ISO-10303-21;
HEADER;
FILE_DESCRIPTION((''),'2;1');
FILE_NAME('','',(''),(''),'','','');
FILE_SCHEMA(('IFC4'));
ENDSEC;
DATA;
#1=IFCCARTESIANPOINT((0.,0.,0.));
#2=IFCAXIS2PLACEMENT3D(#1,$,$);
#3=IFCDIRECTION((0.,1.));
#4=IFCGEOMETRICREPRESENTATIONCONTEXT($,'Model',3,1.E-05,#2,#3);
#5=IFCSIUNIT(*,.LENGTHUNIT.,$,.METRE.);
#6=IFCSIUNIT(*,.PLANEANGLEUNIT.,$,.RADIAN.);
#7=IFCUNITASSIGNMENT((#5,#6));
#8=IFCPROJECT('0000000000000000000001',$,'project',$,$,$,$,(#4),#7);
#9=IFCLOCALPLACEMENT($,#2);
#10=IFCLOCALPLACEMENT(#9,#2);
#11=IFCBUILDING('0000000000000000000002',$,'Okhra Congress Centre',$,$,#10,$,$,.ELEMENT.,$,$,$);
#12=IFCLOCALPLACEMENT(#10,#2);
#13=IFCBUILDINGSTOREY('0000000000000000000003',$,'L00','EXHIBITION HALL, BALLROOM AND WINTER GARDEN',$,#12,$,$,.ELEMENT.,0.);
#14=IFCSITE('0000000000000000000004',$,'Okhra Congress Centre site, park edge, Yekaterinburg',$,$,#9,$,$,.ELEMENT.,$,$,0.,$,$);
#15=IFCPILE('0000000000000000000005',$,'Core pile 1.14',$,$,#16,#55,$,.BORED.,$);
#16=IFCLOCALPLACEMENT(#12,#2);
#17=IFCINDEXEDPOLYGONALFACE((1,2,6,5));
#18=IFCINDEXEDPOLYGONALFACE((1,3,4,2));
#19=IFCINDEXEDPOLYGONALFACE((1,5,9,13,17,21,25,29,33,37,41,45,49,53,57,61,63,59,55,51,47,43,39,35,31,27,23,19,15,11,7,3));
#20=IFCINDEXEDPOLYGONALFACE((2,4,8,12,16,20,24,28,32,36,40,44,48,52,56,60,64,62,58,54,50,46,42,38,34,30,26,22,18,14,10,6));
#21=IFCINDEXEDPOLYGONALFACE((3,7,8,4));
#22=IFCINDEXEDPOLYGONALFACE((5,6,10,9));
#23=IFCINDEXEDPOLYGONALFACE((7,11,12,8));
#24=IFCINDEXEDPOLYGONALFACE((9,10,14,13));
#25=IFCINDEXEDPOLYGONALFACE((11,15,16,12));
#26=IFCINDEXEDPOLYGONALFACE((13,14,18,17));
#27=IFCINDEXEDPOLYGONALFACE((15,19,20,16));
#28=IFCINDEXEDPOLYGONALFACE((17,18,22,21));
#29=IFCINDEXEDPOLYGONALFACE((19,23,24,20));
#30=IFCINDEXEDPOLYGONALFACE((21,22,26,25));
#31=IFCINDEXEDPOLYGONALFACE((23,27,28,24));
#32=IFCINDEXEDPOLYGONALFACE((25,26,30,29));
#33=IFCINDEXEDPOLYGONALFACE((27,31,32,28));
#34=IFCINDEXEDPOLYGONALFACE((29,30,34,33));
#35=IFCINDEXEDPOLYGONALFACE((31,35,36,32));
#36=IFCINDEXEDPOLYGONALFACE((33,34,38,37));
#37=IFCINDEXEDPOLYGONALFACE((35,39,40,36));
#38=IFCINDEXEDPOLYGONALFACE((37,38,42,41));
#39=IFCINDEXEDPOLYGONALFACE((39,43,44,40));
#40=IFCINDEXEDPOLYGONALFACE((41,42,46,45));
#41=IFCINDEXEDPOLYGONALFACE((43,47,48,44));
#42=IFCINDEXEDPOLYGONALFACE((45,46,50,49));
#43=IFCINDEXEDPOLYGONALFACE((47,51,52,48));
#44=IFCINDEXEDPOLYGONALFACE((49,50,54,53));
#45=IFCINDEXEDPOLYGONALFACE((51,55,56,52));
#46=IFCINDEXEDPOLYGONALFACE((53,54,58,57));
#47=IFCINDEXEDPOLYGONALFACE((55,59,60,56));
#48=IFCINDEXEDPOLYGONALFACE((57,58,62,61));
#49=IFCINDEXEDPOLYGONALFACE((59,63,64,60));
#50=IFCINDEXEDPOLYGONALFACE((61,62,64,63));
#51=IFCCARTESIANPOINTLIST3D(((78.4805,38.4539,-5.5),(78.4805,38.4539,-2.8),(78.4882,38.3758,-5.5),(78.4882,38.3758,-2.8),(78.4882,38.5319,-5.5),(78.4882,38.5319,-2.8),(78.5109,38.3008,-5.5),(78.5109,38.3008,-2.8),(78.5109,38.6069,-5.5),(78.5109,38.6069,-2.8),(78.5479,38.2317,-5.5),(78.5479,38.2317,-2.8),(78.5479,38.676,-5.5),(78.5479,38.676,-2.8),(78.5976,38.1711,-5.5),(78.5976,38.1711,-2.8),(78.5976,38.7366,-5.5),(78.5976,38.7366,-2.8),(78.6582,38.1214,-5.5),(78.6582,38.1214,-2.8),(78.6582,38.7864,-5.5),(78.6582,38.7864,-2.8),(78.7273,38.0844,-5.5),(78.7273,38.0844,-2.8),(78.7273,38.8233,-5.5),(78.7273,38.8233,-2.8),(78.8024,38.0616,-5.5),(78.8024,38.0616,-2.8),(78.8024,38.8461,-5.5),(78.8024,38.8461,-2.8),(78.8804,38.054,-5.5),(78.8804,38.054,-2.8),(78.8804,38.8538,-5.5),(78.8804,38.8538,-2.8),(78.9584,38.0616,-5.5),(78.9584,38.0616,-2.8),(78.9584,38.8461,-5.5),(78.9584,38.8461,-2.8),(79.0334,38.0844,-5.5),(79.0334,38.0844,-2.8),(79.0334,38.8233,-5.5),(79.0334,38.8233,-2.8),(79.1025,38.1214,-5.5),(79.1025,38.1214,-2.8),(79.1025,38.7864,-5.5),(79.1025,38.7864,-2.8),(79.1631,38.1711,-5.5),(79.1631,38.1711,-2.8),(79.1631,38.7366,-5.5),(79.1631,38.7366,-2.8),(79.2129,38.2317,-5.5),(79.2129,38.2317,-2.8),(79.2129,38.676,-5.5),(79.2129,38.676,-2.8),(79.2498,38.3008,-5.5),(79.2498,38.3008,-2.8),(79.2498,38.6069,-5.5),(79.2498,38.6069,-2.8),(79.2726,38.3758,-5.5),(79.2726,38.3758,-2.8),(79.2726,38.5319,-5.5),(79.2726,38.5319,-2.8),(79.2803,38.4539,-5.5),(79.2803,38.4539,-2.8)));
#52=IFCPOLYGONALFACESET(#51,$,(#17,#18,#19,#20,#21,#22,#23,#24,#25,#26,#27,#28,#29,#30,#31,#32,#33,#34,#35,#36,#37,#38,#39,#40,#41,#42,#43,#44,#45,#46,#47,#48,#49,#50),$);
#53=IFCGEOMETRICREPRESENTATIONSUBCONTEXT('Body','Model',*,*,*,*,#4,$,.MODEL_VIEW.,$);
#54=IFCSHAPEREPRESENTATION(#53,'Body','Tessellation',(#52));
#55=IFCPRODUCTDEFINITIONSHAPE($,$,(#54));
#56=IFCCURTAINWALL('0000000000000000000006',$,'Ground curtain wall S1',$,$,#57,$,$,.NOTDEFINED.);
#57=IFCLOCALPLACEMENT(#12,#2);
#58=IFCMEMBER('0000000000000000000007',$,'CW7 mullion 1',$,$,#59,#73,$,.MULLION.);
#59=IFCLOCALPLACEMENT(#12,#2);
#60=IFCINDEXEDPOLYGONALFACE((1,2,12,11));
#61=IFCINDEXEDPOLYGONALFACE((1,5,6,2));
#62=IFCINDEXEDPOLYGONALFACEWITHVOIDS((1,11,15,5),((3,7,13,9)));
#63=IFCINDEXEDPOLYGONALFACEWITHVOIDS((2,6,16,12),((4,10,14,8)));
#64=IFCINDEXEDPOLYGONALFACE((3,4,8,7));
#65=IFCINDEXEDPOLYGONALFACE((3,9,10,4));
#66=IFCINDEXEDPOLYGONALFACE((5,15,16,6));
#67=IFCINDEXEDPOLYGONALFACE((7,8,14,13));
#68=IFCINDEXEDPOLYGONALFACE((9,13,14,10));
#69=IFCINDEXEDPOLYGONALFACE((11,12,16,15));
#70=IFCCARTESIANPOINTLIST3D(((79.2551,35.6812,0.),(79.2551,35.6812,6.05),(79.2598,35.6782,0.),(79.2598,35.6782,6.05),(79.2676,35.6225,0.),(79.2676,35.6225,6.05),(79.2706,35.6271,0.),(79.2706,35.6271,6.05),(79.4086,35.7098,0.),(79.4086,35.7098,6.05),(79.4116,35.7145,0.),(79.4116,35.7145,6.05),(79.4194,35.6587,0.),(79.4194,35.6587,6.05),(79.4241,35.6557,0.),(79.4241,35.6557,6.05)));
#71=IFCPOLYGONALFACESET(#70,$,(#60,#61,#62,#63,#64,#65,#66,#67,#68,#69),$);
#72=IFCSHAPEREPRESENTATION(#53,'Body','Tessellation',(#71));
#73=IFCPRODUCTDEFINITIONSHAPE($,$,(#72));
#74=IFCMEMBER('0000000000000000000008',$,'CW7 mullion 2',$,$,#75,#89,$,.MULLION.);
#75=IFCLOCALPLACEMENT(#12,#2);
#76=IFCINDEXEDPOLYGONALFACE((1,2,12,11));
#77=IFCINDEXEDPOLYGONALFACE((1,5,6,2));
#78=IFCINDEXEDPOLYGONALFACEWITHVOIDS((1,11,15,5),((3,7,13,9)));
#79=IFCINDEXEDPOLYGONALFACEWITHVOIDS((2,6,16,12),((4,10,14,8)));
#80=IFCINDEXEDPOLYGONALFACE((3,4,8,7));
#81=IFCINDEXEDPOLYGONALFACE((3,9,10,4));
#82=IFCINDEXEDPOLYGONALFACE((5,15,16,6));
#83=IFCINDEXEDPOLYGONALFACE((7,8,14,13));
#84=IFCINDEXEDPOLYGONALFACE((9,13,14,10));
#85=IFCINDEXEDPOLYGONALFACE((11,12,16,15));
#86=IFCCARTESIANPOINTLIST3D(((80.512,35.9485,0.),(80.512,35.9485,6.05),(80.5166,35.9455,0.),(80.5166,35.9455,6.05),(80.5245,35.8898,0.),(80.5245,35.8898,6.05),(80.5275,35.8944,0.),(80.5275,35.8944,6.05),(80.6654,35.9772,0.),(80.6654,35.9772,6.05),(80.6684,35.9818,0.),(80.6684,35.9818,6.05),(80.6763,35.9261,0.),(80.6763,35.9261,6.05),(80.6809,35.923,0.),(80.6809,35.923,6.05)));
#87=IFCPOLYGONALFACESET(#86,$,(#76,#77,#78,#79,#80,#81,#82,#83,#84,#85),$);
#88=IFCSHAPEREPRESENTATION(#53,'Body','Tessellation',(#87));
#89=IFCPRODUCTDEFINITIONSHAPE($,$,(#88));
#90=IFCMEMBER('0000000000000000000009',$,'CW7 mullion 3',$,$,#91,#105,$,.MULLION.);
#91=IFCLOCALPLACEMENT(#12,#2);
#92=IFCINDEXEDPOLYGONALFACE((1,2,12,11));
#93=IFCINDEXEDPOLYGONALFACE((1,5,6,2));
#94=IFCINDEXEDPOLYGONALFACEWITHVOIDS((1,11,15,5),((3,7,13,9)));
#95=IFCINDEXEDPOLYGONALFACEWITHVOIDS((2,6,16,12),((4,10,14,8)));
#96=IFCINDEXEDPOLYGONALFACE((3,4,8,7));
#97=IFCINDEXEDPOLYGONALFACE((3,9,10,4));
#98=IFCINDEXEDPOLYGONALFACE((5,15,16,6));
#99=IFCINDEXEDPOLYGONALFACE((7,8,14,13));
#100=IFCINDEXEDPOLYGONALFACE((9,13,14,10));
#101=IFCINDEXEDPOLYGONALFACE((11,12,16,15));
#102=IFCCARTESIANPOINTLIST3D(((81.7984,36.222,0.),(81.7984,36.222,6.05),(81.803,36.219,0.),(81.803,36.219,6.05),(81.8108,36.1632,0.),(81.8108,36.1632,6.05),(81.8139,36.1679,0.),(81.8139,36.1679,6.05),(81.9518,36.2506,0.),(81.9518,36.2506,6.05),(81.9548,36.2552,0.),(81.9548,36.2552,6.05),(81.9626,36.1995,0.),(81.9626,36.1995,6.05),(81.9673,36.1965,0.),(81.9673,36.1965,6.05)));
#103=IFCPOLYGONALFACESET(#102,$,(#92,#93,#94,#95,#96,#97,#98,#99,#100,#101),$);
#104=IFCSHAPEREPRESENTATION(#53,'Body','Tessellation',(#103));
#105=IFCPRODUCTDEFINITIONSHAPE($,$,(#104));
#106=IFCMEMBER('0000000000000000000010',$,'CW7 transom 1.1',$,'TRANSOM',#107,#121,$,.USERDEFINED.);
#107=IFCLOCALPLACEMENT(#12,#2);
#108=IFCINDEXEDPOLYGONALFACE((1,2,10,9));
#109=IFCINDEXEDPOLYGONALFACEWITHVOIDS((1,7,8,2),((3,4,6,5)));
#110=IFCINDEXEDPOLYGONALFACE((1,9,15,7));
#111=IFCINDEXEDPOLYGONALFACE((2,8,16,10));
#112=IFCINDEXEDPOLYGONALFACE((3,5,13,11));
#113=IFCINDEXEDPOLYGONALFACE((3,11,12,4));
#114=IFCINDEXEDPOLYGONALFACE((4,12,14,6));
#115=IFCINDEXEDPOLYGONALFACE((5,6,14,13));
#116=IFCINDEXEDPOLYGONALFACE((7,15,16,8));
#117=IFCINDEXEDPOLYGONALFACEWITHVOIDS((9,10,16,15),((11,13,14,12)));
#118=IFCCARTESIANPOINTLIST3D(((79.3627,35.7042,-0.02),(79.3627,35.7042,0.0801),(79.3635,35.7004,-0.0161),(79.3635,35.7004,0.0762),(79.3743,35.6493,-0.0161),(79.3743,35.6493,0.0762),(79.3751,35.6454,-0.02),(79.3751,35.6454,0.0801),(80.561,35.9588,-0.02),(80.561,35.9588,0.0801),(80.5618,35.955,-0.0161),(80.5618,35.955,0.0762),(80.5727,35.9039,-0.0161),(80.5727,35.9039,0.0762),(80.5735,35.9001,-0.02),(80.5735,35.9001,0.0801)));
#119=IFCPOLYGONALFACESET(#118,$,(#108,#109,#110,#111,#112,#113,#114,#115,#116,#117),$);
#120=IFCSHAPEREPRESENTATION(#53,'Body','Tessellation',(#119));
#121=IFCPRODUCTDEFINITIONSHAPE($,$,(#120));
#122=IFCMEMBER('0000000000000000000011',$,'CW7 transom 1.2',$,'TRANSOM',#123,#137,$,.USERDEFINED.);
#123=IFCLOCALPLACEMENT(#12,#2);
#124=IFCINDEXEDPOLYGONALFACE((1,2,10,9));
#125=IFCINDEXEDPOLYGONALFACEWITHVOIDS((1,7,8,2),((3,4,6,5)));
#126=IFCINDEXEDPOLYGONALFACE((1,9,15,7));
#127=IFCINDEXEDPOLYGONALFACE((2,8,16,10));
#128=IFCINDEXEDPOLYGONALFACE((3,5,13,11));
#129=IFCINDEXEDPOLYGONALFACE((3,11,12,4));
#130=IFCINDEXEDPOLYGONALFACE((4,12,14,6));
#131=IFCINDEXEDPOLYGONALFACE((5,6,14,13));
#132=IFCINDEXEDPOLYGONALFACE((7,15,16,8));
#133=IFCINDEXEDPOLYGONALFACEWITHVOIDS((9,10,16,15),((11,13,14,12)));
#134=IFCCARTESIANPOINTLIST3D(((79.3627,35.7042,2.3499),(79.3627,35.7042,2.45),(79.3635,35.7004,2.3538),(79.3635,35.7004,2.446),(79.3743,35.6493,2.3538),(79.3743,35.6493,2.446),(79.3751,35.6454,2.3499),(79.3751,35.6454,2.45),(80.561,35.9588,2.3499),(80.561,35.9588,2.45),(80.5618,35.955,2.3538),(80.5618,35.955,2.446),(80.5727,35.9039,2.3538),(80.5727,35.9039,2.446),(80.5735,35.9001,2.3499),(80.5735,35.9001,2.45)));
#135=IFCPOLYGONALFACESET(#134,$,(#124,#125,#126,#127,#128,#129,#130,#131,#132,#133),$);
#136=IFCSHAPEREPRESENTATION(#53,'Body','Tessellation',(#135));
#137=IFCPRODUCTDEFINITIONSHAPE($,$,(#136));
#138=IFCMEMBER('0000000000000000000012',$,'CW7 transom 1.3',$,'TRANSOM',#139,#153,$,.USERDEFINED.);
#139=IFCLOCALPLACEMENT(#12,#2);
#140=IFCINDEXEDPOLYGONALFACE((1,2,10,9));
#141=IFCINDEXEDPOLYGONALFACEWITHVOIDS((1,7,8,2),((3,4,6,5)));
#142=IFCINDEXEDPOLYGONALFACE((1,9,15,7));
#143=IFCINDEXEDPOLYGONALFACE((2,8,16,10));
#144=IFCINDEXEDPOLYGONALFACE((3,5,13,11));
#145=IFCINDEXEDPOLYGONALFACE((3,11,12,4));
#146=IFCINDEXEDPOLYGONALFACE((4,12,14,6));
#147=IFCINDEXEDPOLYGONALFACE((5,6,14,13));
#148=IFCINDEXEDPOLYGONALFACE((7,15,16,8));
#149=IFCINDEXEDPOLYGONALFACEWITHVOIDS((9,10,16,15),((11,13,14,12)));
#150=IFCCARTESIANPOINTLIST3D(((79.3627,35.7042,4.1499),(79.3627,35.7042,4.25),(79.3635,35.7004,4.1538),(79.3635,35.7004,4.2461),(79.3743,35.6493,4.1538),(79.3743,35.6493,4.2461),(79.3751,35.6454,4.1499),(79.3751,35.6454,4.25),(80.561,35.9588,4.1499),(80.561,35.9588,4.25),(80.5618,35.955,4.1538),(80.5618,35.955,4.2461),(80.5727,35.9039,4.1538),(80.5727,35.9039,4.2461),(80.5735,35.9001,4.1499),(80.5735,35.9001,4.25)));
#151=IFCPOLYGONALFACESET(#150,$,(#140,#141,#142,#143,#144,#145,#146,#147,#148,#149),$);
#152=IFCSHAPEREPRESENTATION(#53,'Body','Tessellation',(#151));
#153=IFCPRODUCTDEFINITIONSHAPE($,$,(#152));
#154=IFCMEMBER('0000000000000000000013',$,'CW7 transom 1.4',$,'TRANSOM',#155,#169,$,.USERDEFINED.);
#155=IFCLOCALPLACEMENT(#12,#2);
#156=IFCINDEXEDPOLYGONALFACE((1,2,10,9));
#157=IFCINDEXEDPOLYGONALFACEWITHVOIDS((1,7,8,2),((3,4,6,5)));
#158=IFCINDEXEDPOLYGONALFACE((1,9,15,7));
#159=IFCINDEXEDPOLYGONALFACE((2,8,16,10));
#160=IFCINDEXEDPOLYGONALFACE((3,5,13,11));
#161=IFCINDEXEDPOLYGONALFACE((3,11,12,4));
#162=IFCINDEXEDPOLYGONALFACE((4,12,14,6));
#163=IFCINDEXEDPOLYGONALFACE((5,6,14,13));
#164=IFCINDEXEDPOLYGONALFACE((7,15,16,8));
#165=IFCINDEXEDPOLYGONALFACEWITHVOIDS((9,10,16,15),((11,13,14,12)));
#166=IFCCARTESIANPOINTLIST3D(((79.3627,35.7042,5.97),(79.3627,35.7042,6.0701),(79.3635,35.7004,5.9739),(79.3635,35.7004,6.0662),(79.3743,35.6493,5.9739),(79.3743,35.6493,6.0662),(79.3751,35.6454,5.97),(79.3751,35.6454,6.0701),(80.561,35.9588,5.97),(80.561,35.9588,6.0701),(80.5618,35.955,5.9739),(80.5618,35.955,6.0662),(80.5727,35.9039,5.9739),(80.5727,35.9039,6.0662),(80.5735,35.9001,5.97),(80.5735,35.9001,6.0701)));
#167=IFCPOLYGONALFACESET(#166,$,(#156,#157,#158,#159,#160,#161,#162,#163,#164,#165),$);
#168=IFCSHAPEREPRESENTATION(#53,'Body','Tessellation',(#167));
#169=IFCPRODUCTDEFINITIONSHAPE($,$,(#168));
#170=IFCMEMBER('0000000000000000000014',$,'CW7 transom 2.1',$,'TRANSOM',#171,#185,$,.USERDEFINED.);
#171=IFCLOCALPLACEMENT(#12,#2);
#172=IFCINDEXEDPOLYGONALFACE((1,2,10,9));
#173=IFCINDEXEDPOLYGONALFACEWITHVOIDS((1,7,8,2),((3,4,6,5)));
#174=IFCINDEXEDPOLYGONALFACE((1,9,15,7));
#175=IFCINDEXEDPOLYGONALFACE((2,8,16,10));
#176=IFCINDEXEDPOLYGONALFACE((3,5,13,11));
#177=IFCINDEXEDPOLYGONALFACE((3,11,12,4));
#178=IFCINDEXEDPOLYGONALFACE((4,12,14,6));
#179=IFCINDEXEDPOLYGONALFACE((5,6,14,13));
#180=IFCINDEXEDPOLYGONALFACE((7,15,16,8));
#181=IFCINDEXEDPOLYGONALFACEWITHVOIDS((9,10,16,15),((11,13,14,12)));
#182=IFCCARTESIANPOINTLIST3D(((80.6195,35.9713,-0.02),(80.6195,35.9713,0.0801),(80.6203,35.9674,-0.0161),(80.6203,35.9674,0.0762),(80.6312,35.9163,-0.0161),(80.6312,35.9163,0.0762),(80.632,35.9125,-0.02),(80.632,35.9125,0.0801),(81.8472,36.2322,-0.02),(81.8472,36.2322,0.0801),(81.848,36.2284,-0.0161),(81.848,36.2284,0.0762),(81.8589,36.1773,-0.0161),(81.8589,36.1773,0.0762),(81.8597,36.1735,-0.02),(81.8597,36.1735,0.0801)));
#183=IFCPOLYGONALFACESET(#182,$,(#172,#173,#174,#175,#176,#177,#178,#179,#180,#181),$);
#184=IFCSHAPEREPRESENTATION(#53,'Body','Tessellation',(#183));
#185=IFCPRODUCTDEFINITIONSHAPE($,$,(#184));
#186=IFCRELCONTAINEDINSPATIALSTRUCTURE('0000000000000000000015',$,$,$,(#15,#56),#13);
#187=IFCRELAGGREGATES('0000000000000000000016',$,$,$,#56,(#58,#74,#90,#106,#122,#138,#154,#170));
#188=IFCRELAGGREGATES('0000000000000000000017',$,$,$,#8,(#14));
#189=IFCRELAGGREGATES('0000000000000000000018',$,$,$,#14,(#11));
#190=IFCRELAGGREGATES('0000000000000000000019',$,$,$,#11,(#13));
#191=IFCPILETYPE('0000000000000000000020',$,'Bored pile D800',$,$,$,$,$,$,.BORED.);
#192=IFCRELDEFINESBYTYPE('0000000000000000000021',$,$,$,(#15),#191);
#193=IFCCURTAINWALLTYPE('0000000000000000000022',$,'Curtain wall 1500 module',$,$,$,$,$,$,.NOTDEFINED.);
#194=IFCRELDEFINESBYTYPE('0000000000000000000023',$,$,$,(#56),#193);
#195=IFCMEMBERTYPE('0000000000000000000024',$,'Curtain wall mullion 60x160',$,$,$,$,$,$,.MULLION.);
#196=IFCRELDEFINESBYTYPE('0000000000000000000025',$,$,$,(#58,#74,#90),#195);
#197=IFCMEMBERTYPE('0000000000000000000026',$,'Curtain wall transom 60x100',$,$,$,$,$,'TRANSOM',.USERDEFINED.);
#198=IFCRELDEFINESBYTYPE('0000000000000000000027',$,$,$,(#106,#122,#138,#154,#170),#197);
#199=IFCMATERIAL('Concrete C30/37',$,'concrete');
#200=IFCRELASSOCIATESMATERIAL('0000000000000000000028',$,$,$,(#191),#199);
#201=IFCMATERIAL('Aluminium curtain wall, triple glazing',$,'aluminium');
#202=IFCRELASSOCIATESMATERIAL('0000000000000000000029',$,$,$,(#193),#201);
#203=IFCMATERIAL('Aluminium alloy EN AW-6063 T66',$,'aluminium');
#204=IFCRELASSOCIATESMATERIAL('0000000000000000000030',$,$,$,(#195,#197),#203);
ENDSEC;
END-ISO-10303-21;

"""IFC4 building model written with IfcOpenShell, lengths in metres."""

from ifc_helpers import new_model, si_unit, direction, frame, origin, origin_2d, place, context, subcontext, project, spatial, hollow_rectangle, circle, extrude, material, material_profile, profile_set, type_object, element, aggregate, save


model = new_model("IFC4")

# Units and contexts
model_context = context("Model", 3, precision=1e-05, world=origin(), true_north=direction((0.0, 1.0)))
body_context = subcontext(model_context, "Body", "Model", "MODEL_VIEW")
ifc_project = project(units=[si_unit("LENGTHUNIT", "METRE"), si_unit("PLANEANGLEUNIT", "RADIAN")], contexts=[model_context])

# Site, building, storey
site_placement = place(None, origin())
site = spatial("IfcSite", under=ifc_project, at=site_placement, Name="Okhra Congress Centre site, park edge, Yekaterinburg", CompositionType="ELEMENT", RefElevation=0.0)
building_placement = place(site_placement, origin())
building = spatial("IfcBuilding", under=site, at=building_placement, Name="Okhra Congress Centre", CompositionType="ELEMENT")
storey_placement = place(building_placement, origin())
storey = spatial("IfcBuildingStorey", under=building, at=storey_placement, Name="L00", Description="EXHIBITION HALL, BALLROOM AND WINTER GARDEN", CompositionType="ELEMENT", Elevation=0.0)

# Pile
ifc_material_1 = material(Name="Concrete C30/37", Category="concrete")
ifc_material_profile_1 = material_profile(ifc_material_1, circle(Radius=0.3999, at=origin_2d()), Name="D800")
ifc_profile_set_1 = profile_set([ifc_material_profile_1], Name="Concrete C30/37")
pile_type = type_object("IfcPileType", Name="Bored pile D800", PredefinedType="BORED", material=ifc_profile_set_1)
pile_placement = place(storey_placement, frame((78.8804, 38.4539, -2.8), z_axis=(0.0, 0.0, -1.0), x_axis=(1.0, 0.0, 0.0)))
element("IfcPile", 1, at=pile_placement, inside=storey, type_object=pile_type, Name="Core pile 1.14", PredefinedType="BORED", context=body_context, shape_type="SweptSolid", body=[
    extrude(circle(Radius=0.3999, at=origin_2d()), origin(), (0.0, 0.0, 1.0), 2.7),
])

# Curtain wall, members
ifc_material_2 = material(Name="Aluminium curtain wall, triple glazing", Category="aluminium")
curtain_wall_type = type_object("IfcCurtainWallType", Name="Curtain wall 1500 module", PredefinedType="NOTDEFINED", material=ifc_material_2)
curtain_wall_placement = place(storey_placement, origin())
curtain_wall = element("IfcCurtainWall", 2, at=curtain_wall_placement, inside=storey, type_object=curtain_wall_type, Name="Ground curtain wall S1", PredefinedType="NOTDEFINED")
ifc_material_3 = material(Name="Aluminium alloy EN AW-6063 T66", Category="aluminium")
ifc_material_profile_2 = material_profile(ifc_material_3, hollow_rectangle(XDim=0.0601, YDim=0.1599, WallThickness=0.0039, at=origin_2d()), Name="RHS 60x160x4")
ifc_profile_set_2 = profile_set([ifc_material_profile_2], Name="Aluminium alloy EN AW-6063 T66")
member_type_1 = type_object("IfcMemberType", Name="Curtain wall mullion 60x160", PredefinedType="MULLION", material=ifc_profile_set_2)
member_1_placement = place(storey_placement, frame((79.3396, 35.6685, 0.0), z_axis=(0.0, 0.0, 1.0), x_axis=(-0.207912, 0.978148, 0.0)))
member_1 = element("IfcMember", 3, at=member_1_placement, type_object=member_type_1, Name="CW7 mullion 1", PredefinedType="MULLION", context=body_context, shape_type="SweptSolid", body=[
    extrude(hollow_rectangle(XDim=0.0601, YDim=0.1599, WallThickness=0.0039, at=origin_2d()), origin(), (0.0, 0.0, 1.0), 6.05),
])
member_2_placement = place(storey_placement, frame((80.5964, 35.9358, 0.0), z_axis=(0.0, 0.0, 1.0), x_axis=(-0.207912, 0.978148, 0.0)))
member_2 = element("IfcMember", 4, at=member_2_placement, type_object=member_type_1, Name="CW7 mullion 2", PredefinedType="MULLION", context=body_context, shape_type="SweptSolid", body=[
    extrude(hollow_rectangle(XDim=0.0601, YDim=0.1599, WallThickness=0.0039, at=origin_2d()), origin(), (0.0, 0.0, 1.0), 6.05),
])
member_3_placement = place(storey_placement, frame((81.8828, 36.2092, 0.0), z_axis=(0.0, 0.0, 1.0), x_axis=(-0.207912, 0.978148, 0.0)))
member_3 = element("IfcMember", 5, at=member_3_placement, type_object=member_type_1, Name="CW7 mullion 3", PredefinedType="MULLION", context=body_context, shape_type="SweptSolid", body=[
    extrude(hollow_rectangle(XDim=0.0601, YDim=0.1599, WallThickness=0.0039, at=origin_2d()), origin(), (0.0, 0.0, 1.0), 6.05),
])
ifc_material_profile_3 = material_profile(ifc_material_3, hollow_rectangle(XDim=0.0601, YDim=0.1001, WallThickness=0.0039, at=origin_2d()), Name="RHS 60x100x4")
ifc_profile_set_3 = profile_set([ifc_material_profile_3], Name="Aluminium alloy EN AW-6063 T66")
member_type_2 = type_object("IfcMemberType", Name="Curtain wall transom 60x100", ElementType="TRANSOM", PredefinedType="USERDEFINED", material=ifc_profile_set_3)
member_4_placement = place(storey_placement, frame((79.3689, 35.6748, 0.03), z_axis=(0.978157, 0.207868, 0.0), x_axis=(-0.207868, 0.978157, 0.0)))
member_4 = element("IfcMember", 6, at=member_4_placement, type_object=member_type_2, Name="CW7 transom 1.1", ObjectType="TRANSOM", PredefinedType="USERDEFINED", context=body_context, shape_type="SweptSolid", body=[
    extrude(hollow_rectangle(XDim=0.0601, YDim=0.1001, WallThickness=0.0039, at=origin_2d()), origin(), (0.0, 0.0, 1.0), 1.2251),
])
member_5_placement = place(storey_placement, frame((79.3689, 35.6748, 2.3999), z_axis=(0.978157, 0.207868, 0.0), x_axis=(-0.207868, 0.978157, 0.0)))
member_5 = element("IfcMember", 7, at=member_5_placement, type_object=member_type_2, Name="CW7 transom 1.2", ObjectType="TRANSOM", PredefinedType="USERDEFINED", context=body_context, shape_type="SweptSolid", body=[
    extrude(hollow_rectangle(XDim=0.0601, YDim=0.1001, WallThickness=0.0039, at=origin_2d()), origin(), (0.0, 0.0, 1.0), 1.2251),
])
member_6_placement = place(storey_placement, frame((79.3689, 35.6748, 4.2), z_axis=(0.978157, 0.207868, 0.0), x_axis=(-0.207868, 0.978157, 0.0)))
member_6 = element("IfcMember", 8, at=member_6_placement, type_object=member_type_2, Name="CW7 transom 1.3", ObjectType="TRANSOM", PredefinedType="USERDEFINED", context=body_context, shape_type="SweptSolid", body=[
    extrude(hollow_rectangle(XDim=0.0601, YDim=0.1001, WallThickness=0.0039, at=origin_2d()), origin(), (0.0, 0.0, 1.0), 1.2251),
])
member_7_placement = place(storey_placement, frame((79.3689, 35.6748, 6.02), z_axis=(0.978157, 0.207868, 0.0), x_axis=(-0.207868, 0.978157, 0.0)))
member_7 = element("IfcMember", 9, at=member_7_placement, type_object=member_type_2, Name="CW7 transom 1.4", ObjectType="TRANSOM", PredefinedType="USERDEFINED", context=body_context, shape_type="SweptSolid", body=[
    extrude(hollow_rectangle(XDim=0.0601, YDim=0.1001, WallThickness=0.0039, at=origin_2d()), origin(), (0.0, 0.0, 1.0), 1.2251),
])
member_8_placement = place(storey_placement, frame((80.6257, 35.9419, 0.03), z_axis=(0.978146, 0.207922, 0.0), x_axis=(-0.207922, 0.978146, 0.0)))
member_8 = element("IfcMember", 10, at=member_8_placement, type_object=member_type_2, Name="CW7 transom 2.1", ObjectType="TRANSOM", PredefinedType="USERDEFINED", context=body_context, shape_type="SweptSolid", body=[
    extrude(hollow_rectangle(XDim=0.0601, YDim=0.1001, WallThickness=0.0039, at=origin_2d()), origin(), (0.0, 0.0, 1.0), 1.2551),
])
aggregate(curtain_wall, [member_1, member_2, member_3, member_4, member_5, member_6, member_7, member_8])

save(model, "model.ifc")
